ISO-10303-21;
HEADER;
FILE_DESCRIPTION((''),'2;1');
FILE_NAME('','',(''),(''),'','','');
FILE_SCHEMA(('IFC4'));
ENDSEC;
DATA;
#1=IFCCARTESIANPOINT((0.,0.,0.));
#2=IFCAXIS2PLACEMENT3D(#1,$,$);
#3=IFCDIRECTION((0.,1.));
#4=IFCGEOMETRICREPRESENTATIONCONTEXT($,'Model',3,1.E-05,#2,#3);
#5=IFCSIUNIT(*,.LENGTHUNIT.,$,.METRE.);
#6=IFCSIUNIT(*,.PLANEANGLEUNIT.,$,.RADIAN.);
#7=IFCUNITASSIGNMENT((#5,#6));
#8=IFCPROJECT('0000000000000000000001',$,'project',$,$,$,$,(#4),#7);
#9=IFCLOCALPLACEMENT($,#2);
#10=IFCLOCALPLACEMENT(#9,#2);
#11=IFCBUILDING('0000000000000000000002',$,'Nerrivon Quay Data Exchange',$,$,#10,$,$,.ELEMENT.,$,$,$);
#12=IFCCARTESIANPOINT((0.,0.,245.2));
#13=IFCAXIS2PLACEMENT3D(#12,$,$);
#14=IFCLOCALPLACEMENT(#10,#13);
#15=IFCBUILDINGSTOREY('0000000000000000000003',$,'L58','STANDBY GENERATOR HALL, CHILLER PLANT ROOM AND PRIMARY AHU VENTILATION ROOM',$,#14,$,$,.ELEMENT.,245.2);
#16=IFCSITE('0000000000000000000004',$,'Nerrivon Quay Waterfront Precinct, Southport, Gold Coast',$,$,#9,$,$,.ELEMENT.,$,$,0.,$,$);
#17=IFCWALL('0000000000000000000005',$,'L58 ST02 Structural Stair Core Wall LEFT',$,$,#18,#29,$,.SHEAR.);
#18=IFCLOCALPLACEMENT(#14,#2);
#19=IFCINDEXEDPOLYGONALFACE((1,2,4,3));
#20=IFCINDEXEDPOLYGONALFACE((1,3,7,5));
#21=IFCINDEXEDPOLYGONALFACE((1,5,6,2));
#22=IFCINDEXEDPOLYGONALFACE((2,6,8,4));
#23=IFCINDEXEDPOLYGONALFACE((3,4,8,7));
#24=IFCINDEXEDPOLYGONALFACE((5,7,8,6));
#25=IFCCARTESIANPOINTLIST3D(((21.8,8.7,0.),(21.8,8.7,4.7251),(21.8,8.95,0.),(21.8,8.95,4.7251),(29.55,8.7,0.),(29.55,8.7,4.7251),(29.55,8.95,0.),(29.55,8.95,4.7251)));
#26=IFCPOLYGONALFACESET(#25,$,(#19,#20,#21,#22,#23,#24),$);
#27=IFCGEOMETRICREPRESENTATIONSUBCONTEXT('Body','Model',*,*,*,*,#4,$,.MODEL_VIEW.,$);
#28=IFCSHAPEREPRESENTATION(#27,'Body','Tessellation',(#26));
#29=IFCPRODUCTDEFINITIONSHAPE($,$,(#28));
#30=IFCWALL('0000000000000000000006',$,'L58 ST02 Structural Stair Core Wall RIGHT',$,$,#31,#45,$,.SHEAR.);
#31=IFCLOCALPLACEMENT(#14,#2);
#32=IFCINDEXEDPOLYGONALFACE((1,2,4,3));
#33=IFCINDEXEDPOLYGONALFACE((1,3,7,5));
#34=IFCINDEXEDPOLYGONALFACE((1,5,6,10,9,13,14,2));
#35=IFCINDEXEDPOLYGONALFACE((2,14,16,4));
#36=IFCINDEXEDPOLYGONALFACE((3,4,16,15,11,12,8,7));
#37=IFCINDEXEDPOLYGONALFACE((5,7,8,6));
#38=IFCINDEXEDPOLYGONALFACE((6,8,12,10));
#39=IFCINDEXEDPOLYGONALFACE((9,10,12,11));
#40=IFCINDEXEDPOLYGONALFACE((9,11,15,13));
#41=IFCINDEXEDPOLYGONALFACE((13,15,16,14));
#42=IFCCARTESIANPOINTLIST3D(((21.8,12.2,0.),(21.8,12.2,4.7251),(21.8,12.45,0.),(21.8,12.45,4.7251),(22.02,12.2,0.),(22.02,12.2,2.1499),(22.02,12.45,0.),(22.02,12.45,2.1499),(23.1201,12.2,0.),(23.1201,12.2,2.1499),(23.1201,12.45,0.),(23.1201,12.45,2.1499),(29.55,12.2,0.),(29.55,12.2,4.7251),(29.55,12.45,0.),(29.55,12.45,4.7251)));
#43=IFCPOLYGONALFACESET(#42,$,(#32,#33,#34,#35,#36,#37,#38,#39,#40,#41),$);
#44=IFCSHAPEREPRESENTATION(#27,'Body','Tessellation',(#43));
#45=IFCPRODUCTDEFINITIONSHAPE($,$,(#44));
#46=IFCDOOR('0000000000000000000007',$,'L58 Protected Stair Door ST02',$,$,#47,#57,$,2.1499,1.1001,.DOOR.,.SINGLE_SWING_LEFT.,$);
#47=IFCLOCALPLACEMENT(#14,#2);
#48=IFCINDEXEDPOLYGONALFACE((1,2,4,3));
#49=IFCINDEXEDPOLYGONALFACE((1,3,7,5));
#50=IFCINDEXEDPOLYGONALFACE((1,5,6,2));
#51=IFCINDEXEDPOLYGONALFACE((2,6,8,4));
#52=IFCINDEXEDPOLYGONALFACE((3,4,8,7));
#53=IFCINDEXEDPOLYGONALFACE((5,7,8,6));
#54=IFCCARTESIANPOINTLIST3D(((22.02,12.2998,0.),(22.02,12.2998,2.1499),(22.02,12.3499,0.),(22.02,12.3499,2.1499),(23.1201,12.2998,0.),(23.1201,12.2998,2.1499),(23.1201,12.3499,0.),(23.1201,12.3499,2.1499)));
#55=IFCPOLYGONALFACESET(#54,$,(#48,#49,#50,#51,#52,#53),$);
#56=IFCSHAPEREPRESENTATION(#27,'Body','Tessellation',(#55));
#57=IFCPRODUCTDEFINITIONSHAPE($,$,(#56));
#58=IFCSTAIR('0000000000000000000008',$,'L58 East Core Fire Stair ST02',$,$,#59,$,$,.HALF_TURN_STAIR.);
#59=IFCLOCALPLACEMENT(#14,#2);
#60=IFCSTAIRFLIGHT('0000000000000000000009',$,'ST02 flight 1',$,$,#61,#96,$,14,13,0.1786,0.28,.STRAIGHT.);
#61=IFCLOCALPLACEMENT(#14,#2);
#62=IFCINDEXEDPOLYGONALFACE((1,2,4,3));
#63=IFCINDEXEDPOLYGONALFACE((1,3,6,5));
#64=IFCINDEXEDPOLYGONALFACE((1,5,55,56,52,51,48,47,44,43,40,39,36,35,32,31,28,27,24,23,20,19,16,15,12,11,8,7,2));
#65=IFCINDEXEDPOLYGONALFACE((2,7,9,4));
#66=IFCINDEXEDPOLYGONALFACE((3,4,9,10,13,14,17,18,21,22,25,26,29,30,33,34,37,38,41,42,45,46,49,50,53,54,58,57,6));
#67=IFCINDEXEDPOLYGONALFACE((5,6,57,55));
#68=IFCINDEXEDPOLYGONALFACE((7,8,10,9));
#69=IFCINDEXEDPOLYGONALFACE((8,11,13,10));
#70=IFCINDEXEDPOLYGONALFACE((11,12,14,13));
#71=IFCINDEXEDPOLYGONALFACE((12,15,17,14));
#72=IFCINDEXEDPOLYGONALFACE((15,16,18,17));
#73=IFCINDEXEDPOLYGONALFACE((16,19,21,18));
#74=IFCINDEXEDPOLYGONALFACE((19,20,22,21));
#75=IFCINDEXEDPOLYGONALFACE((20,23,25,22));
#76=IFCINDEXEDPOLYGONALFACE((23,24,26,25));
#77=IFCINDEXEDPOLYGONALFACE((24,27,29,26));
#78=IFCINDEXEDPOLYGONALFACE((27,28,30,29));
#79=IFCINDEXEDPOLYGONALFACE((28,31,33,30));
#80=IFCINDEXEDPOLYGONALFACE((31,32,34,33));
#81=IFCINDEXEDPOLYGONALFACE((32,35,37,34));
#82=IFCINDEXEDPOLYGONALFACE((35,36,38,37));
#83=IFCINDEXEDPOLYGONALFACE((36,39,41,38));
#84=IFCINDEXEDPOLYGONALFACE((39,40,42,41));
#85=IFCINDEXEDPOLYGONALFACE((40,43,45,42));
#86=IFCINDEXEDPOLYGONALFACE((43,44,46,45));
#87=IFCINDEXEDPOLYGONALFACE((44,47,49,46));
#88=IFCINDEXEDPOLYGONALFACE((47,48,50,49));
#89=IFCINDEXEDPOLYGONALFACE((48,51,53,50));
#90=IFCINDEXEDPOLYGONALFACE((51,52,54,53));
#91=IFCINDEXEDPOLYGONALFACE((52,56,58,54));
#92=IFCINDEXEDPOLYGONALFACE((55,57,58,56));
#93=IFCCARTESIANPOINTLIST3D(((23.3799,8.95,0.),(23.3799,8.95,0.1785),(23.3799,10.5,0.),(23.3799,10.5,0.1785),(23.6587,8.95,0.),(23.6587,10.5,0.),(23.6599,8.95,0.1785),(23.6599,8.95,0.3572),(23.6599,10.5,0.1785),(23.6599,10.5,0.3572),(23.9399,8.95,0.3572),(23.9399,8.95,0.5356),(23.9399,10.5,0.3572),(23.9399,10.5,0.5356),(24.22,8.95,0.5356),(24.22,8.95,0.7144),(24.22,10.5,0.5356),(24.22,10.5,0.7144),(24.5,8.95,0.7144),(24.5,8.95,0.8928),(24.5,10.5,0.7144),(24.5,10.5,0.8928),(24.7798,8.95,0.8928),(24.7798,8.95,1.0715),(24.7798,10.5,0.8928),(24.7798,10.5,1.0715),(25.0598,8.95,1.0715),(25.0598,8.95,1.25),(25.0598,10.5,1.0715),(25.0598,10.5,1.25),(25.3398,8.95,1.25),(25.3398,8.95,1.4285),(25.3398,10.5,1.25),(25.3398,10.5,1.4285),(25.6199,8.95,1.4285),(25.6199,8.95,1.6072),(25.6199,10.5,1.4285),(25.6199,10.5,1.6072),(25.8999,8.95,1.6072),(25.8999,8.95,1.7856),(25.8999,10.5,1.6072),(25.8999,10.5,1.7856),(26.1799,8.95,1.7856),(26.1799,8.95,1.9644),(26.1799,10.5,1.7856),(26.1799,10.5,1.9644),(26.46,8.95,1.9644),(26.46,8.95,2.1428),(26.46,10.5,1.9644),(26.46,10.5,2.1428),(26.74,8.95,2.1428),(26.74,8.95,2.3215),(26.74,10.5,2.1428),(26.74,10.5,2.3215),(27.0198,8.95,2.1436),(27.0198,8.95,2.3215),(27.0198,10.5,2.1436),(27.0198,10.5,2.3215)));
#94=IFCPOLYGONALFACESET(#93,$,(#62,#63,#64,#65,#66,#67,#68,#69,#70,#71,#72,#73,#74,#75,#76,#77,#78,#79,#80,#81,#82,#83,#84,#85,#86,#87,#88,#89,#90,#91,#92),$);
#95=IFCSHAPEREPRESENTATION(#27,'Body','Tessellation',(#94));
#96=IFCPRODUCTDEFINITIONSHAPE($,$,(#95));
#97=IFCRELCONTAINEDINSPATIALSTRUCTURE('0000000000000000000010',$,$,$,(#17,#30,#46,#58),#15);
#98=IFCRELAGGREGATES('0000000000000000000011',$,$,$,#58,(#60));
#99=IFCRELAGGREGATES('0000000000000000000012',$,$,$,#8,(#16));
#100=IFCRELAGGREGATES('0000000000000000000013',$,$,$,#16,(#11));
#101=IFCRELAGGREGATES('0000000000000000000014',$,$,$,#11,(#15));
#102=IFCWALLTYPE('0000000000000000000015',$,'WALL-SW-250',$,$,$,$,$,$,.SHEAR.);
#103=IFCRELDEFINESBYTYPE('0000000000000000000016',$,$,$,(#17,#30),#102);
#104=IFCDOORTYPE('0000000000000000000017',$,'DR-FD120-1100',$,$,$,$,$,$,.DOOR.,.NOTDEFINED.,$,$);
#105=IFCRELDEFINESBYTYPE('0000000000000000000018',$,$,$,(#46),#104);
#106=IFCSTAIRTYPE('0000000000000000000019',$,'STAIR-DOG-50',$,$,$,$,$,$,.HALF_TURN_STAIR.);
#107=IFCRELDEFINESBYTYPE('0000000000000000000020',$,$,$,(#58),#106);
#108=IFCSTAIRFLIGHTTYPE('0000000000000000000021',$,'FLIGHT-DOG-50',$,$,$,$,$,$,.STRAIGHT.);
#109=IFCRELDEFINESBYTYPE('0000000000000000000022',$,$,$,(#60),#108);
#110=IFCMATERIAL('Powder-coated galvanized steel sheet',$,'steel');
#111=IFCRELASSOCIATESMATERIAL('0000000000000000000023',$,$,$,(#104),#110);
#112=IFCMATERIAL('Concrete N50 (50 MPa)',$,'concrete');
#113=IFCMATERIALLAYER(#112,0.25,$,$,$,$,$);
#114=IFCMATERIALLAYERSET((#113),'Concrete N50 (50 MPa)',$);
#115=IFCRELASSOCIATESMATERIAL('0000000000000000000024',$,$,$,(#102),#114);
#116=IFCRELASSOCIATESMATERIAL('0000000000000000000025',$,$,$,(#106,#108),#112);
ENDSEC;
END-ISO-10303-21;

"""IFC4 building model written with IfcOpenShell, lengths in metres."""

from ifc_helpers import new_model, si_unit, direction, frame, frame_2d, origin, place, context, subcontext, project, spatial, polyline, rectangle, outline, extrude, material, layer, layer_set, type_object, element, fill, aggregate, save


model = new_model("IFC4")

# Units and contexts
model_context = context("Model", 3, precision=1e-05, world=origin(), true_north=direction((0.0, 1.0)))
body_context = subcontext(model_context, "Body", "Model", "MODEL_VIEW")
ifc_project = project(units=[si_unit("LENGTHUNIT", "METRE"), si_unit("PLANEANGLEUNIT", "RADIAN")], contexts=[model_context])

# Site, building, storey
site_placement = place(None, origin())
site = spatial("IfcSite", under=ifc_project, at=site_placement, Name="Nerrivon Quay Waterfront Precinct, Southport, Gold Coast", CompositionType="ELEMENT", RefElevation=0.0)
building_placement = place(site_placement, origin())
building = spatial("IfcBuilding", under=site, at=building_placement, Name="Nerrivon Quay Data Exchange", CompositionType="ELEMENT")
storey_placement = place(building_placement, frame((0.0, 0.0, 245.2)))
storey = spatial("IfcBuildingStorey", under=building, at=storey_placement, Name="L58", Description="STANDBY GENERATOR HALL, CHILLER PLANT ROOM AND PRIMARY AHU VENTILATION ROOM", CompositionType="ELEMENT", Elevation=245.2)

# Shared definitions
ifc_material_1 = material(Name="Concrete N50 (50 MPa)", Category="concrete")

# Shared definitions
ifc_material_2 = material(Name="Powder-coated galvanized steel sheet", Category="steel")
door_type_1 = type_object("IfcDoorType", Name="DR-FD120-1100", OperationType="NOTDEFINED", PredefinedType="DOOR", material=ifc_material_2)

# Wall
ifc_layer_1 = layer(ifc_material_1, 0.25)
ifc_layer_set_1 = layer_set([ifc_layer_1], Name="Concrete N50 (50 MPa)")
wall_type_1 = type_object("IfcWallType", Name="WALL-SW-250", PredefinedType="SHEAR", material=ifc_layer_set_1)
wall_1_placement = place(storey_placement, frame((21.8, 8.825, 0.0), z_axis=(0.0, 0.0, 1.0), x_axis=(1.0, 0.0, 0.0)))
element("IfcWall", 1, at=wall_1_placement, inside=storey, type_object=wall_type_1, Name="L58 ST02 Structural Stair Core Wall LEFT", PredefinedType="SHEAR", context=body_context, shape_type="SweptSolid", body=[
    extrude(rectangle(XDim=7.75, YDim=0.25, at=frame_2d((3.875, 0.0))), origin(), (0.0, 0.0, 1.0), 4.7251),
])

# Wall, opening, door
wall_2_placement = place(storey_placement, frame((21.8, 12.325, 0.0), z_axis=(0.0, 0.0, 1.0), x_axis=(1.0, 0.0, 0.0)))
wall_2 = element("IfcWall", 2, at=wall_2_placement, inside=storey, type_object=wall_type_1, Name="L58 ST02 Structural Stair Core Wall RIGHT", PredefinedType="SHEAR", context=body_context, shape_type="SweptSolid", body=[
    extrude(rectangle(XDim=7.75, YDim=0.25, at=frame_2d((3.875, 0.0))), origin(), (0.0, 0.0, 1.0), 4.7251),
])
opening_1_placement = place(wall_2_placement, frame((0.22, 0.0, 0.0)))
opening_1 = element("IfcOpeningElement", 3, at=opening_1_placement, cuts=wall_2, PredefinedType="OPENING", context=body_context, shape_type="SweptSolid", body=[
    extrude(rectangle(XDim=1.1001, YDim=2.1499, at=frame_2d((0.55, 1.075))), frame((0.0, 0.135, 0.0), z_axis=(0.0, -1.0, 0.0), x_axis=(1.0, 0.0, 0.0)), (0.0, 0.0, 1.0), 0.27),
])
door_1_placement = place(opening_1_placement, origin())
door_1 = element("IfcDoor", 4, at=door_1_placement, inside=storey, type_object=door_type_1, Name="L58 Protected Stair Door ST02", OperationType="SINGLE_SWING_LEFT", OverallHeight=2.1499, OverallWidth=1.1001, PredefinedType="DOOR", context=body_context, shape_type="SweptSolid", body=[
    extrude(rectangle(XDim=1.1001, YDim=2.1499, at=frame_2d((0.55, 1.075))), frame((0.0, 0.0249, 0.0), z_axis=(0.0, -1.0, 0.0), x_axis=(1.0, 0.0, 0.0)), (0.0, 0.0, 1.0), 0.05),
])
fill(opening_1, door_1)

# Stair, stair flight
stair_type = type_object("IfcStairType", Name="STAIR-DOG-50", PredefinedType="HALF_TURN_STAIR", material=ifc_material_1)
stair_placement = place(storey_placement, origin())
stair = element("IfcStair", 5, at=stair_placement, inside=storey, type_object=stair_type, Name="L58 East Core Fire Stair ST02", PredefinedType="HALF_TURN_STAIR")
stair_flight_type = type_object("IfcStairFlightType", Name="FLIGHT-DOG-50", PredefinedType="STRAIGHT", material=ifc_material_1)
stair_flight_placement = place(storey_placement, frame((23.3799, 9.7251, 0.0), z_axis=(0.0, 0.0, 1.0), x_axis=(1.0, 0.0, 0.0)))
stair_flight = element("IfcStairFlight", 6, at=stair_flight_placement, type_object=stair_flight_type, Name="ST02 flight 1", NumberOfRisers=14, NumberOfTreads=13, PredefinedType="STRAIGHT", RiserHeight=0.1786, TreadLength=0.28, context=body_context, shape_type="SweptSolid", body=[
    extrude(outline(polyline([(0.0, 0.0), (0.0, 0.1785), (0.28, 0.1785), (0.28, 0.3572), (0.5601, 0.3572), (0.5601, 0.5356), (0.8401, 0.5356), (0.8401, 0.7144), (1.1201, 0.7144), (1.1201, 0.8928), (1.3999, 0.8928), (1.3999, 1.0715), (1.6799, 1.0715), (1.6799, 1.25), (1.96, 1.25), (1.96, 1.4285), (2.24, 1.4285), (2.24, 1.6072), (2.52, 1.6072), (2.52, 1.7856), (2.8, 1.7856), (2.8, 1.9644), (3.0801, 1.9644), (3.0801, 2.1428), (3.3601, 2.1428), (3.3601, 2.3215), (3.6399, 2.3215), (3.6399, 2.5), (3.6399, 2.1436), (0.2788, 0.0), (0.0, 0.0)])), frame((0.0, 0.7749, 0.0), z_axis=(0.0, -1.0, 0.0), x_axis=(1.0, 0.0, 0.0)), (0.0, 0.0, 1.0), 1.55),
])
aggregate(stair, [stair_flight])

save(model, "model.ifc")
